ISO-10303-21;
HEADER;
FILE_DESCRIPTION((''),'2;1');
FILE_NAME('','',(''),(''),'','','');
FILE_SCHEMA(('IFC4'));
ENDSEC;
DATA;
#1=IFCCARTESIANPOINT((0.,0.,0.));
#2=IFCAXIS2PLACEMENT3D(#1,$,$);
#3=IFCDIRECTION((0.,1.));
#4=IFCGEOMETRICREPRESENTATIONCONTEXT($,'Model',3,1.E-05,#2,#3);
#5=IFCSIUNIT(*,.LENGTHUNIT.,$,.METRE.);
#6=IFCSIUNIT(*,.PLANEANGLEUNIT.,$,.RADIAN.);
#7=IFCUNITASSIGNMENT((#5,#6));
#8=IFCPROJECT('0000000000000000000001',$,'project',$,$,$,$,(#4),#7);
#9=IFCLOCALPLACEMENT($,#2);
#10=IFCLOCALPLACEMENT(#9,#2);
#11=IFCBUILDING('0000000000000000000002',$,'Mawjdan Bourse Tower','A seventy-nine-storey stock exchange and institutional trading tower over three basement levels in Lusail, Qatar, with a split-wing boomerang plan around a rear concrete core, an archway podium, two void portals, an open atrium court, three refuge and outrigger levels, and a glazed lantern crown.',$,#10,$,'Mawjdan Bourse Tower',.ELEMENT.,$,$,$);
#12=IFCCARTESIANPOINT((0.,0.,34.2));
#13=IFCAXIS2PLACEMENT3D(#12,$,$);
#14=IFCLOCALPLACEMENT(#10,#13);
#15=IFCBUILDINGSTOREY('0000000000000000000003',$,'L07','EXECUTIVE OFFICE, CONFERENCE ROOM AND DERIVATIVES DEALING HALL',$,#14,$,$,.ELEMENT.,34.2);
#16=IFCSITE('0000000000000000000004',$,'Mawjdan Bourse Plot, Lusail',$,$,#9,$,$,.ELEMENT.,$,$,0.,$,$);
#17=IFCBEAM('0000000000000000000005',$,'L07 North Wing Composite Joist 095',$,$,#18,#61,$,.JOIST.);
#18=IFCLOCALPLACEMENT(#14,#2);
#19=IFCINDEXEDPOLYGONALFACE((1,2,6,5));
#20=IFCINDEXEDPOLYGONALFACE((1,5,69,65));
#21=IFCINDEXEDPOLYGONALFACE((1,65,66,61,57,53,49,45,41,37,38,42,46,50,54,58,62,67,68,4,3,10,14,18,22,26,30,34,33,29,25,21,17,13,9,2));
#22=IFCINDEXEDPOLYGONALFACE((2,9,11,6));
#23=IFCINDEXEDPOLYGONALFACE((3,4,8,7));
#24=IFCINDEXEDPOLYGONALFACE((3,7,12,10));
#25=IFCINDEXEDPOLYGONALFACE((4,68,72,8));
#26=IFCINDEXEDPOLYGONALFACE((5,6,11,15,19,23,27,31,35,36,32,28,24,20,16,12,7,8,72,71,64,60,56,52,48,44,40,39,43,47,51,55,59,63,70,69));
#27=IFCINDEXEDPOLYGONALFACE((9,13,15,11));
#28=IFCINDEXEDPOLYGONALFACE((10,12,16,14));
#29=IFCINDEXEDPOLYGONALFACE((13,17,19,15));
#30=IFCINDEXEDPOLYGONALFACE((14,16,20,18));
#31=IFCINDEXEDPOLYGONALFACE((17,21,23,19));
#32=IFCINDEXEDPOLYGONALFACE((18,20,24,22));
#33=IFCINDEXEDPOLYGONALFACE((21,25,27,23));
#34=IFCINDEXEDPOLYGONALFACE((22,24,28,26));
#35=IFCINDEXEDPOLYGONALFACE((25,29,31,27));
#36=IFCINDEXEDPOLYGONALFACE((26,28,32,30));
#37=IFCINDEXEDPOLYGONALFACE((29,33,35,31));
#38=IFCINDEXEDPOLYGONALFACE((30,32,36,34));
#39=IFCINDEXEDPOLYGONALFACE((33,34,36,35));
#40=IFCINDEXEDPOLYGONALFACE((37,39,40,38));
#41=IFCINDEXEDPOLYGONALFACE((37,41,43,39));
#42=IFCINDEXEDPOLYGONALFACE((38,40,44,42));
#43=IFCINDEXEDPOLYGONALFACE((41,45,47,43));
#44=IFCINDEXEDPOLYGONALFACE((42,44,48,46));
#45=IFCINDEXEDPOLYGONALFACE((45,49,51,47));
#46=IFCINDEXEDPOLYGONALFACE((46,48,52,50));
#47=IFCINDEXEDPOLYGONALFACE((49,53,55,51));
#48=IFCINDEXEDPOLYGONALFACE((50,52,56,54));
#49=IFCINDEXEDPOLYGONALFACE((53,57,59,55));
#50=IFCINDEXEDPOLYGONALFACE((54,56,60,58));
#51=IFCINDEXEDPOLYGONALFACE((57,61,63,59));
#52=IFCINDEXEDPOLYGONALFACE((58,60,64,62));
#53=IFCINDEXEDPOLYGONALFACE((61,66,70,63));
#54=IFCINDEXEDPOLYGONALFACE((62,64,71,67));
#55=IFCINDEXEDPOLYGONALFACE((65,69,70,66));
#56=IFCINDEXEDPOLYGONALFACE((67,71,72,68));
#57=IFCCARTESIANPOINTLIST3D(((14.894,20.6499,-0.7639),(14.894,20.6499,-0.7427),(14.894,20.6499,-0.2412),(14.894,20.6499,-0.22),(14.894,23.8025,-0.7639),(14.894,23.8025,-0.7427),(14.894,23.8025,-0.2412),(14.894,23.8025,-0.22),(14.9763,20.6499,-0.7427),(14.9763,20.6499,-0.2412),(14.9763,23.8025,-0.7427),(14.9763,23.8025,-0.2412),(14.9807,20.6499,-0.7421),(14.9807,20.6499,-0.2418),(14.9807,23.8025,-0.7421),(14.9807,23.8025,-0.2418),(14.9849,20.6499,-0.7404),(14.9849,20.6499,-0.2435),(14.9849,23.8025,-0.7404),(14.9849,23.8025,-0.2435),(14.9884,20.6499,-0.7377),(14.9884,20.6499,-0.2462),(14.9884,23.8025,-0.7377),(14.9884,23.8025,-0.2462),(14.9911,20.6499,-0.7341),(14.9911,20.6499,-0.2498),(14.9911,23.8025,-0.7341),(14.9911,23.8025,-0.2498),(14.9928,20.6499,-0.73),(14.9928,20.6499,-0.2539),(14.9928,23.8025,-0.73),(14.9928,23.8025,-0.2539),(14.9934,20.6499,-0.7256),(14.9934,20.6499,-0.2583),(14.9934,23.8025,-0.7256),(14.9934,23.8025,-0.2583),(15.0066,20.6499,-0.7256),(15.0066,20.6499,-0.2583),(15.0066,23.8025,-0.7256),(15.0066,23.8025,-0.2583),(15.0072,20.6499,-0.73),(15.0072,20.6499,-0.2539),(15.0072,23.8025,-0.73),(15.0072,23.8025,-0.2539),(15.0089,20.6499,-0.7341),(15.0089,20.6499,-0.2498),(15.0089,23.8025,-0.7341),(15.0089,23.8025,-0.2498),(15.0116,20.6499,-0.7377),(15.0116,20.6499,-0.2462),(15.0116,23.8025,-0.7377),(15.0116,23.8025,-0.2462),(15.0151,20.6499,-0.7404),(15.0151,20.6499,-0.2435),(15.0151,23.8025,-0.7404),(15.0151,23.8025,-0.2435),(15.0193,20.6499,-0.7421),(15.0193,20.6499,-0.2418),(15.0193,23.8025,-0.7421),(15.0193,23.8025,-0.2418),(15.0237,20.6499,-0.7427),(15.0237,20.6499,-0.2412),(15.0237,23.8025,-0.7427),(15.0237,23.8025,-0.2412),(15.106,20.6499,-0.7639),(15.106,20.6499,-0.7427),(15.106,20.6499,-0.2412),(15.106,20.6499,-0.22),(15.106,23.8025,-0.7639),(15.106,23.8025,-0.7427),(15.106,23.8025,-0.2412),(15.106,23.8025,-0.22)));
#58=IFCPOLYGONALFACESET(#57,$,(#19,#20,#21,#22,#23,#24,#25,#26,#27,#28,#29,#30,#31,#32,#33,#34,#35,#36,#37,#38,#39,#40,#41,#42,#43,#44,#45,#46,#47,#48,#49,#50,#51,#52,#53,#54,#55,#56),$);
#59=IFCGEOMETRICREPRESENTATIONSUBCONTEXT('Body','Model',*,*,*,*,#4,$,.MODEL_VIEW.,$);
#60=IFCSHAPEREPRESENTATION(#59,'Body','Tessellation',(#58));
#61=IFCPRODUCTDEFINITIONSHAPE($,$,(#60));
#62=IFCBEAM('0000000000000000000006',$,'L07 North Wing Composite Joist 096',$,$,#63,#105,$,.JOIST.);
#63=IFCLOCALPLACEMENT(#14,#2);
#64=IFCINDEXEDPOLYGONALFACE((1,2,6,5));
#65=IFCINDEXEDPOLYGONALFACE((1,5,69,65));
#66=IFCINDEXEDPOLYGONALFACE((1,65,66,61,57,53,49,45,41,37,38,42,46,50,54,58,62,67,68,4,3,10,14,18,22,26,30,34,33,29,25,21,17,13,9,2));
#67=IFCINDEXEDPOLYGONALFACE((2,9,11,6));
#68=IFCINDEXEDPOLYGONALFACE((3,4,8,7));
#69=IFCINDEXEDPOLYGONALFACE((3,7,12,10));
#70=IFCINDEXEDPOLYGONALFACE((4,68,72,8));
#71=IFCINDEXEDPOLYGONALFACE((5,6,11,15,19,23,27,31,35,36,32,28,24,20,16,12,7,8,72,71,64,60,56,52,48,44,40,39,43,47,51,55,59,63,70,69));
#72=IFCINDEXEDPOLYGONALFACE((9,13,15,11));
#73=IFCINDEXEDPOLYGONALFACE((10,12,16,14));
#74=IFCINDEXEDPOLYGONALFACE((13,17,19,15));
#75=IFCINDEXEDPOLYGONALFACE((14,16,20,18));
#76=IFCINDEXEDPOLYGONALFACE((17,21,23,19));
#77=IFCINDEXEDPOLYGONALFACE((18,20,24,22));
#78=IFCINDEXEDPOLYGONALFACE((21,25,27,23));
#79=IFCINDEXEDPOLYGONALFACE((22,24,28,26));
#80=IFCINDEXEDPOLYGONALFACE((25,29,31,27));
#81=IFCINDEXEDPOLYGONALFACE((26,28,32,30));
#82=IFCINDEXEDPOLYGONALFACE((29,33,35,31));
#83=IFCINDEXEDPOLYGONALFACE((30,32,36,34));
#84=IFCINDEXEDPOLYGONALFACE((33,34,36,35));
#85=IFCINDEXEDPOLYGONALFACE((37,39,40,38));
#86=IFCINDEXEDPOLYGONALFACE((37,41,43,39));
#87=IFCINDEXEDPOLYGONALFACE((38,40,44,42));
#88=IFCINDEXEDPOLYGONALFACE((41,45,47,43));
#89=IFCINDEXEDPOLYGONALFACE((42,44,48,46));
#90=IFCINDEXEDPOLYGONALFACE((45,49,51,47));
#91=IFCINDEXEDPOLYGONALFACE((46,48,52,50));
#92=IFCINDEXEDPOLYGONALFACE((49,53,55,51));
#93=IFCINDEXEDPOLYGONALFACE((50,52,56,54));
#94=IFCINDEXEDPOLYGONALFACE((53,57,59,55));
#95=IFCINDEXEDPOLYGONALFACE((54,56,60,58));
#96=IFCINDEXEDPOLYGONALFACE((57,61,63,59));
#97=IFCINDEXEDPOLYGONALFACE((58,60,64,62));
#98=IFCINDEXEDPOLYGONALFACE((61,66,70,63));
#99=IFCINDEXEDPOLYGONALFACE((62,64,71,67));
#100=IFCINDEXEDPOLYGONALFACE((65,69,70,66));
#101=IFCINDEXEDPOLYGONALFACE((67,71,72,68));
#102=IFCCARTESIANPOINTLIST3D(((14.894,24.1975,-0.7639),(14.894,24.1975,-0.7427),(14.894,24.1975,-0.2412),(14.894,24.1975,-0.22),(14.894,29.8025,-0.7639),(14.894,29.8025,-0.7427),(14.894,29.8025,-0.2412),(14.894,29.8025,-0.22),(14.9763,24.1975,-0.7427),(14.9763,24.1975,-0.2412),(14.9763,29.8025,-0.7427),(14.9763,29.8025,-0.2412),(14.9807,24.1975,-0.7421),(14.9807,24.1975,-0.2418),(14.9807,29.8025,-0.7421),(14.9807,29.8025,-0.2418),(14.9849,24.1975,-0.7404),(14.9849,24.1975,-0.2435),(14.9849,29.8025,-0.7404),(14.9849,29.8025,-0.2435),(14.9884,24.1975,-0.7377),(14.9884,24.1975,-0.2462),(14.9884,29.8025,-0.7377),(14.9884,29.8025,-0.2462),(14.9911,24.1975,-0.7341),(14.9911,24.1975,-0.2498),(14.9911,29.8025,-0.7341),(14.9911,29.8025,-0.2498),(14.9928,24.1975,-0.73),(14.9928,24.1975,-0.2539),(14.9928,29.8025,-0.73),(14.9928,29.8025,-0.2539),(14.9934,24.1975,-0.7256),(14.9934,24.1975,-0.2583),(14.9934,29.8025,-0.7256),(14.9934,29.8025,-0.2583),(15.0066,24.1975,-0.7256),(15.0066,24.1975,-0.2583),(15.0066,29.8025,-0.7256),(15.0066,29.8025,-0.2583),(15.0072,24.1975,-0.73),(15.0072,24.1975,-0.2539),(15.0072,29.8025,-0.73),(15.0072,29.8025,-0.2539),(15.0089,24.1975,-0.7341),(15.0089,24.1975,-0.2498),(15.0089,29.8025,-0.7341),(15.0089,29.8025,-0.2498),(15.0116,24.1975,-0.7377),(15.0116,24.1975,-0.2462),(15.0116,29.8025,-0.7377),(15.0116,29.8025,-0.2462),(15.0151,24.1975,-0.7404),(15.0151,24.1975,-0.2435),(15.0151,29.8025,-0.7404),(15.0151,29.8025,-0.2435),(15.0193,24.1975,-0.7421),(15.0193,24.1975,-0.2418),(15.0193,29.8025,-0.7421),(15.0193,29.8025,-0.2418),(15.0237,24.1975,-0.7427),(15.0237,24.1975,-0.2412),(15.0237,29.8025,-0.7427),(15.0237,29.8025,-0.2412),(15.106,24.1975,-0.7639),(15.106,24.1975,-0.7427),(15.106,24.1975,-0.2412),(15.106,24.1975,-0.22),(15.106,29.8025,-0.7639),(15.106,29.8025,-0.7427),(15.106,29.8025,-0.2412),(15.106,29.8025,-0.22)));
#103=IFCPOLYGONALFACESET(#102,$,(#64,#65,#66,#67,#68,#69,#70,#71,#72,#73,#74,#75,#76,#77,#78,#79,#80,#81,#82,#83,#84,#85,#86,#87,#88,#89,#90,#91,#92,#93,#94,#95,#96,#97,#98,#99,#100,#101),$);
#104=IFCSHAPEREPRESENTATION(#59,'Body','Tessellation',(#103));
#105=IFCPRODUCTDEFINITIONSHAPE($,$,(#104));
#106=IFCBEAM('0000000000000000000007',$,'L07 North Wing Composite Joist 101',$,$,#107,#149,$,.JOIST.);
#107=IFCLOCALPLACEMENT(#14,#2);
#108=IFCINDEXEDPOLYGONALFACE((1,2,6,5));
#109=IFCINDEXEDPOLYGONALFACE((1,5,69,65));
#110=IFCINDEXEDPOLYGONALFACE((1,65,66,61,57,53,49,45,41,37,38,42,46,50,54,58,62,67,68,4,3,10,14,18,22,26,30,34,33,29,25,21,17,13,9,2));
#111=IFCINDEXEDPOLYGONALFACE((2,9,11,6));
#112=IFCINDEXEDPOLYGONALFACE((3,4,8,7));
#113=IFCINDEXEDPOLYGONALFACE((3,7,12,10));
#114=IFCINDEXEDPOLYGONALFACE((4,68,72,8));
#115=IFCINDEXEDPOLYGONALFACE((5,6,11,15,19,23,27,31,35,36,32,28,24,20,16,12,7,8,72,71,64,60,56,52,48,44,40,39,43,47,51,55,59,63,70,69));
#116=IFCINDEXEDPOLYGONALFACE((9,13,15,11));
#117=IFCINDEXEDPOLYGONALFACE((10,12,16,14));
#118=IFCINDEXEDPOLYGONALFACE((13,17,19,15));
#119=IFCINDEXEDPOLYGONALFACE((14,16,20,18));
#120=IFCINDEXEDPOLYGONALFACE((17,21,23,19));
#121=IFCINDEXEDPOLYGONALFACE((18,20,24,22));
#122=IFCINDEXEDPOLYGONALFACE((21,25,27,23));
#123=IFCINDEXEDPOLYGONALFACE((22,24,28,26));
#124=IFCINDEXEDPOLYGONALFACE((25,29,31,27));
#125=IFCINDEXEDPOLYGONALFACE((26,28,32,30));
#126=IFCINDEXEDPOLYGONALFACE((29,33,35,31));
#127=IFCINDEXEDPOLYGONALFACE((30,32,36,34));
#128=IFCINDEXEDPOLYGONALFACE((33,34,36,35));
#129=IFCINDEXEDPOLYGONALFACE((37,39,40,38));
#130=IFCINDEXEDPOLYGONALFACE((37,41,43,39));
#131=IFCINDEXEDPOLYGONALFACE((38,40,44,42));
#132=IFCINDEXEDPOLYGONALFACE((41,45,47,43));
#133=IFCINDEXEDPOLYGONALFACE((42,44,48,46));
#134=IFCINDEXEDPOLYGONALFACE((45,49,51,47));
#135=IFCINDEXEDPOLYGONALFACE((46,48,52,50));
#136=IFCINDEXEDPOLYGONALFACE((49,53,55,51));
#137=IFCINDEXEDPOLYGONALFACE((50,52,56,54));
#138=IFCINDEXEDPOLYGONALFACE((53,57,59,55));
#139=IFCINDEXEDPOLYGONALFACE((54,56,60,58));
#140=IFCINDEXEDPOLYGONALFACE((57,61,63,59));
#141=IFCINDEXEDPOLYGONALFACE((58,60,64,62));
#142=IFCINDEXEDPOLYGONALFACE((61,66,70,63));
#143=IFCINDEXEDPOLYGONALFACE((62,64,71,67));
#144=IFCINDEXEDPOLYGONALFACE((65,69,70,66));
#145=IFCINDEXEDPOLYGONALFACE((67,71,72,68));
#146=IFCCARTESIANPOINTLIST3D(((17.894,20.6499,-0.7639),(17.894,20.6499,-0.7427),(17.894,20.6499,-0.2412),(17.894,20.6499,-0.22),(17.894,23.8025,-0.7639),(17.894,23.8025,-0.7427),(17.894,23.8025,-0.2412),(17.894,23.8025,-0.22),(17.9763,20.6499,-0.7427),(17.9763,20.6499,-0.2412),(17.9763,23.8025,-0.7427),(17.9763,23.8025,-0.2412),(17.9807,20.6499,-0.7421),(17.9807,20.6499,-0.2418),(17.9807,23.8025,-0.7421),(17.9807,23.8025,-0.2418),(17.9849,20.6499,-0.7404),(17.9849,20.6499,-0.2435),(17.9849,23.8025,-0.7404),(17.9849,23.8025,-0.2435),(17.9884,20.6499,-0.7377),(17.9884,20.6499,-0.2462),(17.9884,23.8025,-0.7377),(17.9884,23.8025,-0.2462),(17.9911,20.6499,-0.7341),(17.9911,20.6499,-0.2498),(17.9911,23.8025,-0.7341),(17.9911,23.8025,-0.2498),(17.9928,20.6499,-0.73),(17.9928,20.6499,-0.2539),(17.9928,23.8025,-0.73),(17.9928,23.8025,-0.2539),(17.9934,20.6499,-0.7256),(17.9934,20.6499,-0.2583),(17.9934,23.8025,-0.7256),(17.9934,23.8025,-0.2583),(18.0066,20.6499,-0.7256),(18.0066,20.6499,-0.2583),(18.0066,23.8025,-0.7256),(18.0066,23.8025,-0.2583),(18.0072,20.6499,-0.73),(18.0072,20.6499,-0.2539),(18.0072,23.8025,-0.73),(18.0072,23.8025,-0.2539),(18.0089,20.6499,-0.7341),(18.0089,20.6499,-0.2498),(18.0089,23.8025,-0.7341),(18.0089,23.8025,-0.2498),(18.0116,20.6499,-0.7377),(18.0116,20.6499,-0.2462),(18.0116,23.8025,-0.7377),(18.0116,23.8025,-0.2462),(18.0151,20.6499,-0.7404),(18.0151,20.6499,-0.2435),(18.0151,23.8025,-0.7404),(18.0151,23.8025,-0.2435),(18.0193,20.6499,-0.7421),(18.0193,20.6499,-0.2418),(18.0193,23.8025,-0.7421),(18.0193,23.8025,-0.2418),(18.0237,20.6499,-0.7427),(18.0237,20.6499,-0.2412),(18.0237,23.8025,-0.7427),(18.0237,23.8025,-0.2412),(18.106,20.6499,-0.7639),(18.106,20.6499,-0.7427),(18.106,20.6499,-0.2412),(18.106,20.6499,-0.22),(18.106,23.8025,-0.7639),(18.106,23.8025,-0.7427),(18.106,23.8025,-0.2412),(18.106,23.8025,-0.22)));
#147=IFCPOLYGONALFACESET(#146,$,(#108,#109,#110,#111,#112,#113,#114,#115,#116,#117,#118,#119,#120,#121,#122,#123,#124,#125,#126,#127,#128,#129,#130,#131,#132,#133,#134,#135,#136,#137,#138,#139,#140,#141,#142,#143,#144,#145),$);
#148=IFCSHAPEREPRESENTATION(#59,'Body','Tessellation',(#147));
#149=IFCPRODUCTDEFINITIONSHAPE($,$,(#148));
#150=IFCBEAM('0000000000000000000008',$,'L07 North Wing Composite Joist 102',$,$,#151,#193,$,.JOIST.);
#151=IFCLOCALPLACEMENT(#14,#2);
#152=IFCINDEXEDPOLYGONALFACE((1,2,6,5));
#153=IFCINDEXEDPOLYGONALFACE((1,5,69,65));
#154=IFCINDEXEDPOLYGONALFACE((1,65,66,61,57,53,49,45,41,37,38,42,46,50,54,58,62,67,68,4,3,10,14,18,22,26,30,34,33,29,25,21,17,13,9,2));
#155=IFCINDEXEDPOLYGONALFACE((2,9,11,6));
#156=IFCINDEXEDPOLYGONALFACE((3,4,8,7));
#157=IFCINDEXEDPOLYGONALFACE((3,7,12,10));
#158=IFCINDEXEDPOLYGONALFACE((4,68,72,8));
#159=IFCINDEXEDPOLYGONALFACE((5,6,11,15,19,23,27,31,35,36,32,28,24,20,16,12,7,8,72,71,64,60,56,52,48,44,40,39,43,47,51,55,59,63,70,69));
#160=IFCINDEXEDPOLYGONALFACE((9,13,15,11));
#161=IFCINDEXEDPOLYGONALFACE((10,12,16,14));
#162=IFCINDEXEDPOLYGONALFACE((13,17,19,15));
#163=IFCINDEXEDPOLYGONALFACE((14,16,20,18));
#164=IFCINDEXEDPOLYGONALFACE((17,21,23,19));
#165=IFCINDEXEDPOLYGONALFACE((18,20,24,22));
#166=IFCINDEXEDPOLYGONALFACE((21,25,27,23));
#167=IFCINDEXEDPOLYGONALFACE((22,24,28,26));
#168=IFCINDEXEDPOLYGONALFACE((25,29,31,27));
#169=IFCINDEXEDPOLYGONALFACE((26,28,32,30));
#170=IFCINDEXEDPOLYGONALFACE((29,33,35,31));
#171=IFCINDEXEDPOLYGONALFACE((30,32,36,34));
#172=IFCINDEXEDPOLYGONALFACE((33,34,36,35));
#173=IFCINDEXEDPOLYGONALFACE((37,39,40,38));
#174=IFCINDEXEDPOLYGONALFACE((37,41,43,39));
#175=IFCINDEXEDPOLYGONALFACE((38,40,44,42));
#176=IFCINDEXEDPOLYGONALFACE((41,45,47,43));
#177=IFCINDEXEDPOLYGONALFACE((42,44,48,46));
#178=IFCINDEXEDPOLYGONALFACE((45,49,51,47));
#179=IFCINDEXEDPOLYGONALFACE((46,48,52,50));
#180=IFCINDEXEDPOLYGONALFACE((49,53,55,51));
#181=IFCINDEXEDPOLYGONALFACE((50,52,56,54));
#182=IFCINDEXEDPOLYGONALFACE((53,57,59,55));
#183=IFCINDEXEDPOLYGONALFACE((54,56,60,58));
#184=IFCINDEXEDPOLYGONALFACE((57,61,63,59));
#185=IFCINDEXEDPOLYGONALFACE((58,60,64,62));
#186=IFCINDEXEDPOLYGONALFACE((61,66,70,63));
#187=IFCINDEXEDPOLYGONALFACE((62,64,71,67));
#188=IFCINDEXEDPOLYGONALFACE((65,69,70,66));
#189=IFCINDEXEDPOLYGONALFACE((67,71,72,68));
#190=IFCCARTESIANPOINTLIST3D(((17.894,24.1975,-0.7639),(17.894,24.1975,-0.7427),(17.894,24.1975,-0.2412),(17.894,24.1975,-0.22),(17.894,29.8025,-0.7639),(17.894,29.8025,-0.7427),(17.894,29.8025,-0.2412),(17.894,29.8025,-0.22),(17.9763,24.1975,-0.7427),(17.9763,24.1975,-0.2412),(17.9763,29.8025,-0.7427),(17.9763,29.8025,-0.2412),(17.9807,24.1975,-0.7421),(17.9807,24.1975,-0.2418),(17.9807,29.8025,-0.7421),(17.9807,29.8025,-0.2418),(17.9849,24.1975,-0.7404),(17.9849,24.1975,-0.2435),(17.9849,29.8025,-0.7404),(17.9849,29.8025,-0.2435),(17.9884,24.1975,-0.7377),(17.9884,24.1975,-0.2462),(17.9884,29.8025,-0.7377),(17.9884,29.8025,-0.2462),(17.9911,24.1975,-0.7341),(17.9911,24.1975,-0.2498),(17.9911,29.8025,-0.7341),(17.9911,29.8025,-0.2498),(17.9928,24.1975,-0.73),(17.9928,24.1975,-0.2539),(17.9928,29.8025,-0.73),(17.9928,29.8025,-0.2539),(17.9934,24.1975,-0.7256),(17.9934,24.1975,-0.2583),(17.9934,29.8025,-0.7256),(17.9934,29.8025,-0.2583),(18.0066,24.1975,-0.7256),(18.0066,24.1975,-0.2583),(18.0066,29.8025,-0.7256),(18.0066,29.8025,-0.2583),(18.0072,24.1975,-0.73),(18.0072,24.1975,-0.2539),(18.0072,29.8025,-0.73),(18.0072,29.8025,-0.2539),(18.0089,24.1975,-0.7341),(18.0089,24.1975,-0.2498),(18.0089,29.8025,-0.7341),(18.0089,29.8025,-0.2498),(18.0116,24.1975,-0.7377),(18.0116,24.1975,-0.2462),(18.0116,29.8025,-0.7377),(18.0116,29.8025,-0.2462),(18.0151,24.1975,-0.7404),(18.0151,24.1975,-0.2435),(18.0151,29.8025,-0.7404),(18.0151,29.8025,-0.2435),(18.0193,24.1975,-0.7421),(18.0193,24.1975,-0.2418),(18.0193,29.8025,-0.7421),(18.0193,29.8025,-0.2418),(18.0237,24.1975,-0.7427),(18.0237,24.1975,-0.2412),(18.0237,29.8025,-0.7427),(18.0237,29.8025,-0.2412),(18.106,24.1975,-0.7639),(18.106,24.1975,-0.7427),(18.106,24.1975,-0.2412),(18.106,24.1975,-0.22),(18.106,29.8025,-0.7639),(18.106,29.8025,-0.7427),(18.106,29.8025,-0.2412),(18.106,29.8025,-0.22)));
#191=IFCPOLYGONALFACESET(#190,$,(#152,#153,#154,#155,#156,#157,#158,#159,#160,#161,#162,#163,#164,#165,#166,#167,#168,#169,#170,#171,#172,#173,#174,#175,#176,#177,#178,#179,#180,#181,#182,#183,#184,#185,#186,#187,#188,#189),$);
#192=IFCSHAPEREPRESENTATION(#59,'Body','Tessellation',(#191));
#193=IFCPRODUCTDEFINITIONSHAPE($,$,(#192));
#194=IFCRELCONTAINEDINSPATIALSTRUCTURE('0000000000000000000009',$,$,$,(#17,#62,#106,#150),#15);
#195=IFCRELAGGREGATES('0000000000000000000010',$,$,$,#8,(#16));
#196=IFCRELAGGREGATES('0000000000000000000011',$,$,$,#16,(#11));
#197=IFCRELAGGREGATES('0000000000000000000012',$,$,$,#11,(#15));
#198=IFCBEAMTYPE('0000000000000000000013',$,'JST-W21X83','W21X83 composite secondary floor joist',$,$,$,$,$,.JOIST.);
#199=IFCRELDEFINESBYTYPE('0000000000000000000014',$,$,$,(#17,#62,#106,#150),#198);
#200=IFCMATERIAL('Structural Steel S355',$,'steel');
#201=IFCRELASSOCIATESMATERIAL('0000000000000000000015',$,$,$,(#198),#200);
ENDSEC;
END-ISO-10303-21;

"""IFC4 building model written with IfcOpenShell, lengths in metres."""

from ifc_helpers import new_model, si_unit, direction, frame, origin, origin_2d, place, context, subcontext, project, spatial, i_section, extrude, material, material_profile, profile_set, type_object, element, save


model = new_model("IFC4")

# Units and contexts
model_context = context("Model", 3, precision=1e-05, world=origin(), true_north=direction((0.0, 1.0)))
body_context = subcontext(model_context, "Body", "Model", "MODEL_VIEW")
ifc_project = project(units=[si_unit("LENGTHUNIT", "METRE"), si_unit("PLANEANGLEUNIT", "RADIAN")], contexts=[model_context])

# Site, building, storey
site_placement = place(None, origin())
site = spatial("IfcSite", under=ifc_project, at=site_placement, Name="Mawjdan Bourse Plot, Lusail", CompositionType="ELEMENT", RefElevation=0.0)
building_placement = place(site_placement, origin())
building = spatial("IfcBuilding", under=site, at=building_placement, Name="Mawjdan Bourse Tower", Description="A seventy-nine-storey stock exchange and institutional trading tower over three basement levels in Lusail, Qatar, with a split-wing boomerang plan around a rear concrete core, an archway podium, two void portals, an open atrium court, three refuge and outrigger levels, and a glazed lantern crown.", LongName="Mawjdan Bourse Tower", CompositionType="ELEMENT")
storey_placement = place(building_placement, frame((0.0, 0.0, 34.2)))
storey = spatial("IfcBuildingStorey", under=building, at=storey_placement, Name="L07", Description="EXECUTIVE OFFICE, CONFERENCE ROOM AND DERIVATIVES DEALING HALL", CompositionType="ELEMENT", Elevation=34.2)

# Beams
ifc_material_1 = material(Name="Structural Steel S355", Category="steel")
ifc_material_profile_1 = material_profile(ifc_material_1, i_section(OverallWidth=0.2119, OverallDepth=0.5439, WebThickness=0.0132, FlangeThickness=0.0212, FilletRadius=0.0171, at=origin_2d()), Name="W21X83")
ifc_profile_set_1 = profile_set([ifc_material_profile_1], Name="Structural Steel S355")
beam_type_1 = type_object("IfcBeamType", Name="JST-W21X83", Description="W21X83 composite secondary floor joist", PredefinedType="JOIST", material=ifc_profile_set_1)
beam_1_placement = place(storey_placement, frame((15.0, 20.6499, -0.4919), z_axis=(0.0, 1.0, 0.0), x_axis=(-1.0, 0.0, 0.0)))
element("IfcBeam", 1, at=beam_1_placement, inside=storey, type_object=beam_type_1, Name="L07 North Wing Composite Joist 095", PredefinedType="JOIST", context=body_context, shape_type="SweptSolid", body=[
    extrude(i_section(OverallWidth=0.2119, OverallDepth=0.5439, WebThickness=0.0132, FlangeThickness=0.0212, FilletRadius=0.0171, at=origin_2d()), origin(), (0.0, 0.0, 1.0), 3.1526),
])
beam_2_placement = place(storey_placement, frame((15.0, 24.1975, -0.4919), z_axis=(0.0, 1.0, 0.0), x_axis=(-1.0, 0.0, 0.0)))
element("IfcBeam", 2, at=beam_2_placement, inside=storey, type_object=beam_type_1, Name="L07 North Wing Composite Joist 096", PredefinedType="JOIST", context=body_context, shape_type="SweptSolid", body=[
    extrude(i_section(OverallWidth=0.2119, OverallDepth=0.5439, WebThickness=0.0132, FlangeThickness=0.0212, FilletRadius=0.0171, at=origin_2d()), origin(), (0.0, 0.0, 1.0), 5.605),
])
beam_3_placement = place(storey_placement, frame((18.0, 20.6499, -0.4919), z_axis=(0.0, 1.0, 0.0), x_axis=(-1.0, 0.0, 0.0)))
element("IfcBeam", 3, at=beam_3_placement, inside=storey, type_object=beam_type_1, Name="L07 North Wing Composite Joist 101", PredefinedType="JOIST", context=body_context, shape_type="SweptSolid", body=[
    extrude(i_section(OverallWidth=0.2119, OverallDepth=0.5439, WebThickness=0.0132, FlangeThickness=0.0212, FilletRadius=0.0171, at=origin_2d()), origin(), (0.0, 0.0, 1.0), 3.1526),
])
beam_4_placement = place(storey_placement, frame((18.0, 24.1975, -0.4919), z_axis=(0.0, 1.0, 0.0), x_axis=(-1.0, 0.0, 0.0)))
element("IfcBeam", 4, at=beam_4_placement, inside=storey, type_object=beam_type_1, Name="L07 North Wing Composite Joist 102", PredefinedType="JOIST", context=body_context, shape_type="SweptSolid", body=[
    extrude(i_section(OverallWidth=0.2119, OverallDepth=0.5439, WebThickness=0.0132, FlangeThickness=0.0212, FilletRadius=0.0171, at=origin_2d()), origin(), (0.0, 0.0, 1.0), 5.605),
])

save(model, "model.ifc")
